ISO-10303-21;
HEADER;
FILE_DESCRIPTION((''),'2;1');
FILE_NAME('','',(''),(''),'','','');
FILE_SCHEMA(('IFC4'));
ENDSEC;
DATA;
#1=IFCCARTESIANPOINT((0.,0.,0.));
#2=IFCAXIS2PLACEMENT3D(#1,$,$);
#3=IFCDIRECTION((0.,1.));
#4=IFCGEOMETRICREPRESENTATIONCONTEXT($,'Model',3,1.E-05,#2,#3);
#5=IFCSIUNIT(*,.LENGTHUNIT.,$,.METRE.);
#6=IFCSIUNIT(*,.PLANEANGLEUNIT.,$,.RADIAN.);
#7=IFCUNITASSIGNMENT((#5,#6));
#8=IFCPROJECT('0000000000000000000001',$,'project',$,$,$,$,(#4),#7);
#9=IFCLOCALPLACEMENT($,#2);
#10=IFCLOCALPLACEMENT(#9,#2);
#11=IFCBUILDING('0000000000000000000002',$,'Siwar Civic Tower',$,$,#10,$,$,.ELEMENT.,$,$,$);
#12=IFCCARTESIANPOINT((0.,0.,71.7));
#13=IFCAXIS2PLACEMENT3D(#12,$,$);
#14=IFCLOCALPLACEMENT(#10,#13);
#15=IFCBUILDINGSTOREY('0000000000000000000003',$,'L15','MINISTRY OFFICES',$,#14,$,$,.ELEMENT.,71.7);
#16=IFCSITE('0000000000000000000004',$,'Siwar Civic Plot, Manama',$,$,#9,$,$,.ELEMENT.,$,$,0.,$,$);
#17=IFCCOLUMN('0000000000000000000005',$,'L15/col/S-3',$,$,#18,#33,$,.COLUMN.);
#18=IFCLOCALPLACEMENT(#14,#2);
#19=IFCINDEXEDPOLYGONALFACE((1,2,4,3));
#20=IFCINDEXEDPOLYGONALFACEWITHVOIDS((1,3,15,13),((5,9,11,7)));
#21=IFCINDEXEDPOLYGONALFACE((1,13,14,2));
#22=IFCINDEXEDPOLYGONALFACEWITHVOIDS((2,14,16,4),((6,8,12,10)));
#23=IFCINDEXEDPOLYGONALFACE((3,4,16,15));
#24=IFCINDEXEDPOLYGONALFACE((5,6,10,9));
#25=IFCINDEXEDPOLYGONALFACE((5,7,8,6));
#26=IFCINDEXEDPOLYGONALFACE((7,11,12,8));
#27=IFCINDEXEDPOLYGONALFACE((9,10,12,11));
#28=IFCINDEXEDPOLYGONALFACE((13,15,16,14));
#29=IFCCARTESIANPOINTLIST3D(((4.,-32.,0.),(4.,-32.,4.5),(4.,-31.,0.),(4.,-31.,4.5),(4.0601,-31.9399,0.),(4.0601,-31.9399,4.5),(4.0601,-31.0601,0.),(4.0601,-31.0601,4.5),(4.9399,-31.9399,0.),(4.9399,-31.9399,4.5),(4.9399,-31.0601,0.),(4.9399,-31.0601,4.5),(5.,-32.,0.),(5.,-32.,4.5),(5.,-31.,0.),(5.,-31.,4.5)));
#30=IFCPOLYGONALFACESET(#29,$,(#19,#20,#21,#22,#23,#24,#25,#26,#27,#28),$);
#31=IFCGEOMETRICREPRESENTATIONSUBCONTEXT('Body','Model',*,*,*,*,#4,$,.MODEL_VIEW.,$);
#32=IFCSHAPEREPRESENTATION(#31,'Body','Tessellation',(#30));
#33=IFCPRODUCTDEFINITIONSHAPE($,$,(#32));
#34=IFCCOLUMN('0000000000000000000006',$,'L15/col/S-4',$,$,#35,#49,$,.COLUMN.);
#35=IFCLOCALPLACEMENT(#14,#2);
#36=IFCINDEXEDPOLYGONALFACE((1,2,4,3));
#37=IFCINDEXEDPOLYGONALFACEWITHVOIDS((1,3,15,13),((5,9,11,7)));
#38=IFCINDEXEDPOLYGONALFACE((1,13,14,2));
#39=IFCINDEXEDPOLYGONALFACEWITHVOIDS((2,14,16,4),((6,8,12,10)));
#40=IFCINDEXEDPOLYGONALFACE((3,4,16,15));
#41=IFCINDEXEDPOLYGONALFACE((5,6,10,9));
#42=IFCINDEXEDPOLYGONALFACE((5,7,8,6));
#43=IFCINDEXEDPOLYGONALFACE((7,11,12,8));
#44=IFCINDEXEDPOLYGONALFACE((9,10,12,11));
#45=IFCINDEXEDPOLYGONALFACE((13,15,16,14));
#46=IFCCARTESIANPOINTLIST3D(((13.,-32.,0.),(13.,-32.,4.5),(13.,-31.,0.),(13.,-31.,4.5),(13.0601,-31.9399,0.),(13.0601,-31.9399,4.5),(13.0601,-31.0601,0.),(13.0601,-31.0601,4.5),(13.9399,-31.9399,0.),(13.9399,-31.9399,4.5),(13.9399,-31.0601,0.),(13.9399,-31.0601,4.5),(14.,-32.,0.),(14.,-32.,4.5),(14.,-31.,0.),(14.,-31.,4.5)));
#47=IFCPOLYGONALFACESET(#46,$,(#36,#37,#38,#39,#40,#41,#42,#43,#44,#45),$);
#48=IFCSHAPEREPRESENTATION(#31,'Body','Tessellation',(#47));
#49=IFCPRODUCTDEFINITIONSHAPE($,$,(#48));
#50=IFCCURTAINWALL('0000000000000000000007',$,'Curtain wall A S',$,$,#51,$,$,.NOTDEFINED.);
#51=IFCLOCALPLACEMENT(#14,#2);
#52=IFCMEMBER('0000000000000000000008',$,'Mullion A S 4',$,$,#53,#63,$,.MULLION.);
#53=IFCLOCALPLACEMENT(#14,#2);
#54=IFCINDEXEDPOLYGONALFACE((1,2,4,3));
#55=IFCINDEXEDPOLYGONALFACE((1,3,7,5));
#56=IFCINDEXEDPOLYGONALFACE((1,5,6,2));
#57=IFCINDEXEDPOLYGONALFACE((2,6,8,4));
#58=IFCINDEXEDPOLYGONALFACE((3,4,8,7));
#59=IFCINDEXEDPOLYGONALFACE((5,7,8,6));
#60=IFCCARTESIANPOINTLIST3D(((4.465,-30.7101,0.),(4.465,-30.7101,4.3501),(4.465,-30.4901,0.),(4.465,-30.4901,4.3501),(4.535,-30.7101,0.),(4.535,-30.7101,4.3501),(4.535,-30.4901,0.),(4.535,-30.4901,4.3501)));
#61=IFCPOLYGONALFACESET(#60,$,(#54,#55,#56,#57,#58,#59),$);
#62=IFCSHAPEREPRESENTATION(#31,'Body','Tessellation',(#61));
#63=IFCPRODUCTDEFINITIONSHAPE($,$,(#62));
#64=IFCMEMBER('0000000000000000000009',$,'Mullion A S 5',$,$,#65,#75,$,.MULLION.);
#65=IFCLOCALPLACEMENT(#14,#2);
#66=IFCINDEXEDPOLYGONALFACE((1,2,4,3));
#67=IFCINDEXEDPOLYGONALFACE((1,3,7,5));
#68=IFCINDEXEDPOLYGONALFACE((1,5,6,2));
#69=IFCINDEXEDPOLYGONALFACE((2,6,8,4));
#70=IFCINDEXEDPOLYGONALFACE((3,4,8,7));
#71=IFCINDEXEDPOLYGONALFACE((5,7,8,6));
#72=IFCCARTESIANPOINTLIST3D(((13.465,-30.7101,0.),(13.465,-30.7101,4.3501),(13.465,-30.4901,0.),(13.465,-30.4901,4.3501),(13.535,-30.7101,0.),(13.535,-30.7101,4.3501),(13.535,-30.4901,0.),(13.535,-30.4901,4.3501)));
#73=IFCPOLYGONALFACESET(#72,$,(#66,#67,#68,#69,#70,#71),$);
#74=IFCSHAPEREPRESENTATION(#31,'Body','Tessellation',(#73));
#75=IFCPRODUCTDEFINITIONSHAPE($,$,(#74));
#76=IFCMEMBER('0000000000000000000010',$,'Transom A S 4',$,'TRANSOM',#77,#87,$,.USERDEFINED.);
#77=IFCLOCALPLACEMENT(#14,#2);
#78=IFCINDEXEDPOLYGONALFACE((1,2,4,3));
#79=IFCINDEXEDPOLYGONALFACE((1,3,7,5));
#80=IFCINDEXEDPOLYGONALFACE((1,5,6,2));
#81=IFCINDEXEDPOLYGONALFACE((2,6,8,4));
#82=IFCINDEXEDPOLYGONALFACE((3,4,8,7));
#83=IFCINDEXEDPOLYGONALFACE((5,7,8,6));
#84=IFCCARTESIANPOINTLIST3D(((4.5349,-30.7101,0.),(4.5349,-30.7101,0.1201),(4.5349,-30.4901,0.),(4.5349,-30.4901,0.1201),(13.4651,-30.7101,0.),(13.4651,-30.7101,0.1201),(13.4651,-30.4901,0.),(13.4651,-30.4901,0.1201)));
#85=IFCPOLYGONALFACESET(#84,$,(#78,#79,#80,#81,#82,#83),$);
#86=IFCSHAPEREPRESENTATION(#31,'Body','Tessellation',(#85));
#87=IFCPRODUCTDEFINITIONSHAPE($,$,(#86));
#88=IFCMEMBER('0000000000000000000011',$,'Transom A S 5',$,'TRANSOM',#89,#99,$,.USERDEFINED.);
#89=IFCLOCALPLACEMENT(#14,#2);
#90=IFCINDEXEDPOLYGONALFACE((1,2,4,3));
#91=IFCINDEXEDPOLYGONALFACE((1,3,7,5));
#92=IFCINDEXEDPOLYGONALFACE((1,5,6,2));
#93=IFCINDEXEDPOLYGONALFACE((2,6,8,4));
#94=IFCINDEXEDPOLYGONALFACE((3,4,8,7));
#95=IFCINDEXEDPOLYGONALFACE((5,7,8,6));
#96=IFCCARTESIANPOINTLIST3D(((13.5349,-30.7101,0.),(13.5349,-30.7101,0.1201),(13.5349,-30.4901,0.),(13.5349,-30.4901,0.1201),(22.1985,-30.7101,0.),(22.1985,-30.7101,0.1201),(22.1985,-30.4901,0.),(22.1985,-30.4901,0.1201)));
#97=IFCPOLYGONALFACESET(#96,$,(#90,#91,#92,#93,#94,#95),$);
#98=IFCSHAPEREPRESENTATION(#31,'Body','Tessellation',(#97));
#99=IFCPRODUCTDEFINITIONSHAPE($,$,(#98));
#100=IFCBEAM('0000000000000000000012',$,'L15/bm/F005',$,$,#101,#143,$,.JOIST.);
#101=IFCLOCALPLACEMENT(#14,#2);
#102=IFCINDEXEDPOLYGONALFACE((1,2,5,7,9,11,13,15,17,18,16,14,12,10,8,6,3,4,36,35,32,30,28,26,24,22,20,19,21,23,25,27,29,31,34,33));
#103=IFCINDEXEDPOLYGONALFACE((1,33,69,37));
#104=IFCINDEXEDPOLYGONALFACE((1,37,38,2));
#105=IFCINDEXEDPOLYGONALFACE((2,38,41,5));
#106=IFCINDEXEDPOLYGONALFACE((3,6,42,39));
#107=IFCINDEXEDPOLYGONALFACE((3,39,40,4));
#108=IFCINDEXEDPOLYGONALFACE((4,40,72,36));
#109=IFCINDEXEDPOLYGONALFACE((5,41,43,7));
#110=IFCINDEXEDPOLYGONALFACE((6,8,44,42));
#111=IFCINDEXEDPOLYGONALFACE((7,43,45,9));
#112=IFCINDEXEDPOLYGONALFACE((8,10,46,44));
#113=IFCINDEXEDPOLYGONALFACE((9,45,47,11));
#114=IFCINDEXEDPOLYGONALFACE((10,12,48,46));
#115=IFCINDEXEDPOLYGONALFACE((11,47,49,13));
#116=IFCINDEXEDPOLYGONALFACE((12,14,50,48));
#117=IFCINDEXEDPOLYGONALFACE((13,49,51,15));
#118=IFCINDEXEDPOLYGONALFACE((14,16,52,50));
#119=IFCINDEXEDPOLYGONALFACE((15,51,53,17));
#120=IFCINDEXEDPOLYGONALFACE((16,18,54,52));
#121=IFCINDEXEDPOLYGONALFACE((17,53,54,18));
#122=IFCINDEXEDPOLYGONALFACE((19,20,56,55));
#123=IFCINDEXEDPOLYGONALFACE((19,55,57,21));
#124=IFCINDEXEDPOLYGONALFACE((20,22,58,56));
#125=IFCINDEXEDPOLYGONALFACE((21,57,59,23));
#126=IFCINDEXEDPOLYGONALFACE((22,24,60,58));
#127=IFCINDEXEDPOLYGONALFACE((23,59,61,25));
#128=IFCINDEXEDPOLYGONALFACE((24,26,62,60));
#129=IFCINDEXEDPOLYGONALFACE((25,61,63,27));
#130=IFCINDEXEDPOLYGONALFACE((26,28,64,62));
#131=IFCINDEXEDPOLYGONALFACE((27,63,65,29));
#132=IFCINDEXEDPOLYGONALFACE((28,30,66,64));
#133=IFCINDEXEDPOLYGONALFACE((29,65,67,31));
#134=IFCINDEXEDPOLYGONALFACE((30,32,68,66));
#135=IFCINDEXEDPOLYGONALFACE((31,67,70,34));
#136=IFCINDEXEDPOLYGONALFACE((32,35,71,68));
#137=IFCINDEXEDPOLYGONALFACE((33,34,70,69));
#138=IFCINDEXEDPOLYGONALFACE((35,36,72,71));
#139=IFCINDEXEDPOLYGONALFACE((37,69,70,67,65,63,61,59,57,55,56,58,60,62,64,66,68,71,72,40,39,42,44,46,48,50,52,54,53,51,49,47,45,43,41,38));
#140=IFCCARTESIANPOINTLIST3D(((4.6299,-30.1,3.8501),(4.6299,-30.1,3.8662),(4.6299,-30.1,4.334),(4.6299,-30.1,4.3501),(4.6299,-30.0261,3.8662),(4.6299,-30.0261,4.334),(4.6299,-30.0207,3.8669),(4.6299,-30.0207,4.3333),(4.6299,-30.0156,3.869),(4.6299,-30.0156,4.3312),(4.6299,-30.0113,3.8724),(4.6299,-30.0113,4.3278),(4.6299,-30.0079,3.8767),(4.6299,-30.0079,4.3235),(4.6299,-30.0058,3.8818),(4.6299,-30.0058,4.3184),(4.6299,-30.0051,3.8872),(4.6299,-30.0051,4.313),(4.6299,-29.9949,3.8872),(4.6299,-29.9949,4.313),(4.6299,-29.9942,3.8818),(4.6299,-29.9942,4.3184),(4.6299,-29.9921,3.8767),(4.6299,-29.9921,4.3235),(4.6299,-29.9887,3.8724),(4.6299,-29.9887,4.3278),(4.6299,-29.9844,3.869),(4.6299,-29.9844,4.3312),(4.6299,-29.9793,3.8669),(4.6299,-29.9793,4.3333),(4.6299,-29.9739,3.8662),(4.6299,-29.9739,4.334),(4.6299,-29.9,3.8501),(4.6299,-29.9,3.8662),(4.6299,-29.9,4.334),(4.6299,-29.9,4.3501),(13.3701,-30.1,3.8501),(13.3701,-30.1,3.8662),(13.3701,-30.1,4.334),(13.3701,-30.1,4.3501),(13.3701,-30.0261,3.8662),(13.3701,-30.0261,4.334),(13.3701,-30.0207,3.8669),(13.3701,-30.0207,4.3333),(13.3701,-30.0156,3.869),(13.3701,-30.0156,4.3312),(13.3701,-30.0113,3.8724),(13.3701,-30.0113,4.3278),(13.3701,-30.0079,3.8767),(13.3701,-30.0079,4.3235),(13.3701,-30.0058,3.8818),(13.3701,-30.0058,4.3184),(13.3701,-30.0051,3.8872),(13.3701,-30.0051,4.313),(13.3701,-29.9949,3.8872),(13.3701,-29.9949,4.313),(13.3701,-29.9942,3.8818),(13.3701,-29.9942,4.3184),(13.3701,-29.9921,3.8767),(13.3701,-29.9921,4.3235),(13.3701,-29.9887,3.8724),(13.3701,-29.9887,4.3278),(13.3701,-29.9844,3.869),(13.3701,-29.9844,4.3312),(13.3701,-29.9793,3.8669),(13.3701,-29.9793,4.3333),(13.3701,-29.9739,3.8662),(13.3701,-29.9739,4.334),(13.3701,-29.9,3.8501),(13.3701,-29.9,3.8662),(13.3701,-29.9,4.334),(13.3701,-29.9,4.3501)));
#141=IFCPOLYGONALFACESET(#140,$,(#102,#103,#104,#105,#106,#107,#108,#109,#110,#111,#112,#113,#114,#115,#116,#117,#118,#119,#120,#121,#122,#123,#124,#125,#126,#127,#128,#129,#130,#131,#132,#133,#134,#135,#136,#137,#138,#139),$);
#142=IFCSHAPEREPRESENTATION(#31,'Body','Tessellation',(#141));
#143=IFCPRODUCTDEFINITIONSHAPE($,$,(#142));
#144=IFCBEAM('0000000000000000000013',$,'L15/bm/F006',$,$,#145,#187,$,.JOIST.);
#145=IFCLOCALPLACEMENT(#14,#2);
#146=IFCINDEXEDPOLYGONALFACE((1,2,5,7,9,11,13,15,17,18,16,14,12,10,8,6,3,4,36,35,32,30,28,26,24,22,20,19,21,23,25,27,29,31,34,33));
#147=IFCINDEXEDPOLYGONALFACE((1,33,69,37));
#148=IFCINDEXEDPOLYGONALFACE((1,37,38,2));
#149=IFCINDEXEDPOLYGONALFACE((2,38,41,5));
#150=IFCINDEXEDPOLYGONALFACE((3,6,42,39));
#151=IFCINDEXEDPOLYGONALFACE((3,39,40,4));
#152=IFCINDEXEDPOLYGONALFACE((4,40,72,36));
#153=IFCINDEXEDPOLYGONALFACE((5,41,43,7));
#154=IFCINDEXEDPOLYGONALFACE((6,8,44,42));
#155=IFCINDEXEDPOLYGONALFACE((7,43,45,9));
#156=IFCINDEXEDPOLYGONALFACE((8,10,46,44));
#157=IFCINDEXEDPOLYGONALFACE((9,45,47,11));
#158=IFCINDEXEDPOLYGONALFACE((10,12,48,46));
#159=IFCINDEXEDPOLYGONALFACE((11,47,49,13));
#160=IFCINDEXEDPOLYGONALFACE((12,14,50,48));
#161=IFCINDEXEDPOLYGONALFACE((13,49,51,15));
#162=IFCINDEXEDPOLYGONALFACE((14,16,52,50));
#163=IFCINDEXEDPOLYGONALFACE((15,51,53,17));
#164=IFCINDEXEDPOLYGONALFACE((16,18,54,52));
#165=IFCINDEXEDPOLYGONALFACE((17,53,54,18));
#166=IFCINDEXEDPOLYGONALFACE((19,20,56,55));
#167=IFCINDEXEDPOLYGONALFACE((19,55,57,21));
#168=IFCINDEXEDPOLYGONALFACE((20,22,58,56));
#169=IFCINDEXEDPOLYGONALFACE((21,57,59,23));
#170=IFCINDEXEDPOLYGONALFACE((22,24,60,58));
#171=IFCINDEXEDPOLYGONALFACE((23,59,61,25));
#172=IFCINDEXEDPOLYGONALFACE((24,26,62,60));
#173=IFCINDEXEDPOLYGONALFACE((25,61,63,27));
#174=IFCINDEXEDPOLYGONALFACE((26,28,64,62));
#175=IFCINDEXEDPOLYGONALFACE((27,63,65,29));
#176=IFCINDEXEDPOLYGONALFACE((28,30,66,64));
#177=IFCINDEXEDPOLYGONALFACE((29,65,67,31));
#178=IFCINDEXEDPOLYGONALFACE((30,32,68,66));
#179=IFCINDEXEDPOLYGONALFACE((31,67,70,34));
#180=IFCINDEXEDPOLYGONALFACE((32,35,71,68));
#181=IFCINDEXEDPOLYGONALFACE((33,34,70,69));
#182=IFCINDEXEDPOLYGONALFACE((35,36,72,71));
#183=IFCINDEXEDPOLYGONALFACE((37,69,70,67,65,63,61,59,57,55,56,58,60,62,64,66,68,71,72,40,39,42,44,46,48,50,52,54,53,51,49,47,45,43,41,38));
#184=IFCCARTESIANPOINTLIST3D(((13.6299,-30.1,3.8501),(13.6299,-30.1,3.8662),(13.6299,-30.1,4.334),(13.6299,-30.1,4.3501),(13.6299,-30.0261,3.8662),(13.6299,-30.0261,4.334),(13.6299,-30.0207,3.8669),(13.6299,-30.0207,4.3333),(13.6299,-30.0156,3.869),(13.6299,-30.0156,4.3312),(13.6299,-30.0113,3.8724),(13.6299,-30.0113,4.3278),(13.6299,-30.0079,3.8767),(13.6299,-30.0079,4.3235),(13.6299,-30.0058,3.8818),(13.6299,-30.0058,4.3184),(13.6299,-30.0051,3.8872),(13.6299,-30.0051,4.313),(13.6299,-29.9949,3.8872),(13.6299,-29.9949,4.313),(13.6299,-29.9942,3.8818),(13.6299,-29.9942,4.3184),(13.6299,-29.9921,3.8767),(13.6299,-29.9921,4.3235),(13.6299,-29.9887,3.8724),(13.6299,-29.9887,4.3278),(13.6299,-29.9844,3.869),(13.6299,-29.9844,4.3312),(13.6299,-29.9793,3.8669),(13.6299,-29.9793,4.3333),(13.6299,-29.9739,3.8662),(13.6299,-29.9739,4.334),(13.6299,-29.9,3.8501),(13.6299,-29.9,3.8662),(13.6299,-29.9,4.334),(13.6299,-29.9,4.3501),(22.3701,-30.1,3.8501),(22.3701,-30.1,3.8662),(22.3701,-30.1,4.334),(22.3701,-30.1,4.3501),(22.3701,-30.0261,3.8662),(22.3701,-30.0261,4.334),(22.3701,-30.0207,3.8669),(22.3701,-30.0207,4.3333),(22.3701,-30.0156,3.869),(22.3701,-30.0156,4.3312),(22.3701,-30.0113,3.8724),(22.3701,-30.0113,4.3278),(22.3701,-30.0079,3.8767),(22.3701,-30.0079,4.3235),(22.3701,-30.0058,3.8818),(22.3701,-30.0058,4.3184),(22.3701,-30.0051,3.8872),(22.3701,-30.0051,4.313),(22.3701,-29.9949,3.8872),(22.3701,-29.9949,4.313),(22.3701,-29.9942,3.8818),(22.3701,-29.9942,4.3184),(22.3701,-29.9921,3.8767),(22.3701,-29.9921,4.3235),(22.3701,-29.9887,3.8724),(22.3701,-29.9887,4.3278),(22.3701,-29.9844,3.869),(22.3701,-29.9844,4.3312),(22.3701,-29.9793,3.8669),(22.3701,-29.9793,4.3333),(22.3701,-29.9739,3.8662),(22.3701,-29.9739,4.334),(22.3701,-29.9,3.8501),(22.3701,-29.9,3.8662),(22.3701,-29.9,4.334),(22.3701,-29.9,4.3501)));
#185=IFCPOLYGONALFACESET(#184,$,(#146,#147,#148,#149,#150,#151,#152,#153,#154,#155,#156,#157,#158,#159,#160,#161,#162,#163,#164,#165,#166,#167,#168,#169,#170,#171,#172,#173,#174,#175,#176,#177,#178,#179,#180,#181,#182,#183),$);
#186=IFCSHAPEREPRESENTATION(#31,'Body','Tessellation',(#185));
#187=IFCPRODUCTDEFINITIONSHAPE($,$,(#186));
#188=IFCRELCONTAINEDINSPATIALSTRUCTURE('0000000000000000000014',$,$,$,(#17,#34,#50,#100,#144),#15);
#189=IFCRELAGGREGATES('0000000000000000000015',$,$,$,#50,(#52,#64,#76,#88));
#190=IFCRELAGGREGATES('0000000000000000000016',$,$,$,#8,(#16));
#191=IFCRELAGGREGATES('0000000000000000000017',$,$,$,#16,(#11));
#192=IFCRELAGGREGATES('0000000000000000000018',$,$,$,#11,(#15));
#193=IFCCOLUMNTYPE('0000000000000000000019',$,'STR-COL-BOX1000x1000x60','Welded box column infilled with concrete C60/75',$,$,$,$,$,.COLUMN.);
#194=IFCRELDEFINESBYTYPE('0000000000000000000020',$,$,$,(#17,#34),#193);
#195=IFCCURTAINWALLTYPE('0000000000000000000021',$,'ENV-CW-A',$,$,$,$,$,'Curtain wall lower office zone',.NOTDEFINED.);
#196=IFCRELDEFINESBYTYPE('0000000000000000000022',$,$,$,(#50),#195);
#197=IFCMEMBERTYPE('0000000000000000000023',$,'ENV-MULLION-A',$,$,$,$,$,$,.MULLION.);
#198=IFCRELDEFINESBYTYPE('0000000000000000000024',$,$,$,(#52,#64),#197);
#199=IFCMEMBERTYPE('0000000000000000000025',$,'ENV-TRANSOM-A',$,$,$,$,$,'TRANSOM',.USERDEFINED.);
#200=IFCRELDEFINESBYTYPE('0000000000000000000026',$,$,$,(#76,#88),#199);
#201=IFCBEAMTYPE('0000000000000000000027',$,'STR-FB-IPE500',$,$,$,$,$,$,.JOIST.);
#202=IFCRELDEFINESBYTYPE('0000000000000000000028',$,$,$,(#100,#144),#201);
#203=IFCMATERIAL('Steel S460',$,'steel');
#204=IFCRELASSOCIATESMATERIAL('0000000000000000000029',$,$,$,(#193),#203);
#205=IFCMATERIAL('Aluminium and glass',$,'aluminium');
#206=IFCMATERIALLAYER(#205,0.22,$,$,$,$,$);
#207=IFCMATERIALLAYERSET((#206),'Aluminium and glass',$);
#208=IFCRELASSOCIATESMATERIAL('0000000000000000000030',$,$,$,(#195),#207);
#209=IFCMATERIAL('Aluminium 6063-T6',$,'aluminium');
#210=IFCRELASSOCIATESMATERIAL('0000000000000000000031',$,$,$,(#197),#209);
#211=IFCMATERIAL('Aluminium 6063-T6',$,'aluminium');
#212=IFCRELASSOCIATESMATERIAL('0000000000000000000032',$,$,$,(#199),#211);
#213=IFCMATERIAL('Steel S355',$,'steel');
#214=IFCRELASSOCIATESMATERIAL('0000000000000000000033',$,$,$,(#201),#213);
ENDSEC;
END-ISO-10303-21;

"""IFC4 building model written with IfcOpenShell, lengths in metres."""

from ifc_helpers import new_model, si_unit, direction, frame, origin, origin_2d, place, context, subcontext, project, spatial, rectangle, hollow_rectangle, i_section, extrude, material, layer, layer_set, material_profile, profile_set, type_object, element, aggregate, save


model = new_model("IFC4")

# Units and contexts
model_context = context("Model", 3, precision=1e-05, world=origin(), true_north=direction((0.0, 1.0)))
body_context = subcontext(model_context, "Body", "Model", "MODEL_VIEW")
ifc_project = project(units=[si_unit("LENGTHUNIT", "METRE"), si_unit("PLANEANGLEUNIT", "RADIAN")], contexts=[model_context])

# Site, building, storey
site_placement = place(None, origin())
site = spatial("IfcSite", under=ifc_project, at=site_placement, Name="Siwar Civic Plot, Manama", CompositionType="ELEMENT", RefElevation=0.0)
building_placement = place(site_placement, origin())
building = spatial("IfcBuilding", under=site, at=building_placement, Name="Siwar Civic Tower", CompositionType="ELEMENT")
storey_placement = place(building_placement, frame((0.0, 0.0, 71.7)))
storey = spatial("IfcBuildingStorey", under=building, at=storey_placement, Name="L15", Description="MINISTRY OFFICES", CompositionType="ELEMENT", Elevation=71.7)

# Columns
ifc_material_1 = material(Name="Steel S460", Category="steel")
ifc_material_profile_1 = material_profile(ifc_material_1, hollow_rectangle(XDim=1.0, YDim=1.0, WallThickness=0.0601, at=origin_2d()), Name="BOX1000x1000x60")
ifc_profile_set_1 = profile_set([ifc_material_profile_1], Name="Steel S460")
column_type = type_object("IfcColumnType", Name="STR-COL-BOX1000x1000x60", Description="Welded box column infilled with concrete C60/75", PredefinedType="COLUMN", material=ifc_profile_set_1)
for number, where, z_axis, x_axis, name in (
    (1, (4.5, -31.5, 0.0), (0.0, 0.0, 1.0), (1.0, 0.0, 0.0), "L15/col/S-3"),
    (2, (13.5, -31.5, 0.0), (0.0, 0.0, 1.0), (1.0, 0.0, 0.0), "L15/col/S-4"),
):
    element("IfcColumn", number, at=place(storey_placement, frame(where, z_axis=z_axis, x_axis=x_axis)), inside=storey, type_object=column_type, Name=name, PredefinedType="COLUMN", context=body_context, shape_type="SweptSolid", body=[
        extrude(hollow_rectangle(XDim=1.0, YDim=1.0, WallThickness=0.0601, at=origin_2d()), origin(), (0.0, 0.0, 1.0), 4.5),
    ])

# Curtain wall, members
ifc_material_2 = material(Name="Aluminium and glass", Category="aluminium")
ifc_layer_1 = layer(ifc_material_2, 0.22)
ifc_layer_set_1 = layer_set([ifc_layer_1], Name="Aluminium and glass")
curtain_wall_type = type_object("IfcCurtainWallType", Name="ENV-CW-A", ElementType="Curtain wall lower office zone", PredefinedType="NOTDEFINED", material=ifc_layer_set_1)
curtain_wall_placement = place(storey_placement, origin())
curtain_wall = element("IfcCurtainWall", 3, at=curtain_wall_placement, inside=storey, type_object=curtain_wall_type, Name="Curtain wall A S", PredefinedType="NOTDEFINED")
ifc_material_3 = material(Name="Aluminium 6063-T6", Category="aluminium")
ifc_material_profile_2 = material_profile(ifc_material_3, rectangle(XDim=0.22, YDim=0.0701, at=origin_2d()), Name="AL 220x70")
ifc_profile_set_2 = profile_set([ifc_material_profile_2], Name="Aluminium 6063-T6")
member_type_1 = type_object("IfcMemberType", Name="ENV-MULLION-A", PredefinedType="MULLION", material=ifc_profile_set_2)
member_1_placement = place(storey_placement, frame((4.5, -30.6001, 0.0), z_axis=(0.0, 0.0, 1.0), x_axis=(0.0, 1.0, 0.0)))
member_1 = element("IfcMember", 4, at=member_1_placement, type_object=member_type_1, Name="Mullion A S 4", PredefinedType="MULLION", context=body_context, shape_type="SweptSolid", body=[
    extrude(rectangle(XDim=0.22, YDim=0.0701, at=origin_2d()), origin(), (0.0, 0.0, 1.0), 4.3501),
])
member_2_placement = place(storey_placement, frame((13.5, -30.6001, 0.0), z_axis=(0.0, 0.0, 1.0), x_axis=(0.0, 1.0, 0.0)))
member_2 = element("IfcMember", 5, at=member_2_placement, type_object=member_type_1, Name="Mullion A S 5", PredefinedType="MULLION", context=body_context, shape_type="SweptSolid", body=[
    extrude(rectangle(XDim=0.22, YDim=0.0701, at=origin_2d()), origin(), (0.0, 0.0, 1.0), 4.3501),
])
ifc_material_4 = material(Name="Aluminium 6063-T6", Category="aluminium")
ifc_material_profile_3 = material_profile(ifc_material_4, rectangle(XDim=0.22, YDim=0.1201, at=origin_2d()), Name="AL 220x120")
ifc_profile_set_3 = profile_set([ifc_material_profile_3], Name="Aluminium 6063-T6")
member_type_2 = type_object("IfcMemberType", Name="ENV-TRANSOM-A", ElementType="TRANSOM", PredefinedType="USERDEFINED", material=ifc_profile_set_3)
member_3_placement = place(storey_placement, frame((4.5349, -30.6001, 0.0601), z_axis=(1.0, 0.0, 0.0), x_axis=(0.0, 1.0, 0.0)))
member_3 = element("IfcMember", 6, at=member_3_placement, type_object=member_type_2, Name="Transom A S 4", ObjectType="TRANSOM", PredefinedType="USERDEFINED", context=body_context, shape_type="SweptSolid", body=[
    extrude(rectangle(XDim=0.22, YDim=0.1201, at=origin_2d()), origin(), (0.0, 0.0, 1.0), 8.9302),
])
member_4_placement = place(storey_placement, frame((13.5349, -30.6001, 0.0601), z_axis=(1.0, 0.0, 0.0), x_axis=(0.0, 1.0, 0.0)))
member_4 = element("IfcMember", 7, at=member_4_placement, type_object=member_type_2, Name="Transom A S 5", ObjectType="TRANSOM", PredefinedType="USERDEFINED", context=body_context, shape_type="SweptSolid", body=[
    extrude(rectangle(XDim=0.22, YDim=0.1201, at=origin_2d()), origin(), (0.0, 0.0, 1.0), 8.6636),
])

# Beams
ifc_material_5 = material(Name="Steel S355", Category="steel")
ifc_material_profile_4 = material_profile(ifc_material_5, i_section(OverallWidth=0.2, OverallDepth=0.5, WebThickness=0.0103, FlangeThickness=0.0161, FilletRadius=0.021, at=origin_2d()), Name="IPE500")
ifc_profile_set_4 = profile_set([ifc_material_profile_4], Name="Steel S355")
beam_type_1 = type_object("IfcBeamType", Name="STR-FB-IPE500", PredefinedType="JOIST", material=ifc_profile_set_4)
for number, where, z_axis, x_axis, name in (
    (8, (4.6299, -30.0, 4.1001), (1.0, 0.0, 0.0), (0.0, 1.0, 0.0), "L15/bm/F005"),
    (9, (13.6299, -30.0, 4.1001), (1.0, 0.0, 0.0), (0.0, 1.0, 0.0), "L15/bm/F006"),
):
    element("IfcBeam", number, at=place(storey_placement, frame(where, z_axis=z_axis, x_axis=x_axis)), inside=storey, type_object=beam_type_1, Name=name, PredefinedType="JOIST", context=body_context, shape_type="SweptSolid", body=[
        extrude(i_section(OverallWidth=0.2, OverallDepth=0.5, WebThickness=0.0103, FlangeThickness=0.0161, FilletRadius=0.021, at=origin_2d()), origin(), (0.0, 0.0, 1.0), 8.7402),
    ])

aggregate(curtain_wall, [member_1, member_2, member_3, member_4])

save(model, "model.ifc")
